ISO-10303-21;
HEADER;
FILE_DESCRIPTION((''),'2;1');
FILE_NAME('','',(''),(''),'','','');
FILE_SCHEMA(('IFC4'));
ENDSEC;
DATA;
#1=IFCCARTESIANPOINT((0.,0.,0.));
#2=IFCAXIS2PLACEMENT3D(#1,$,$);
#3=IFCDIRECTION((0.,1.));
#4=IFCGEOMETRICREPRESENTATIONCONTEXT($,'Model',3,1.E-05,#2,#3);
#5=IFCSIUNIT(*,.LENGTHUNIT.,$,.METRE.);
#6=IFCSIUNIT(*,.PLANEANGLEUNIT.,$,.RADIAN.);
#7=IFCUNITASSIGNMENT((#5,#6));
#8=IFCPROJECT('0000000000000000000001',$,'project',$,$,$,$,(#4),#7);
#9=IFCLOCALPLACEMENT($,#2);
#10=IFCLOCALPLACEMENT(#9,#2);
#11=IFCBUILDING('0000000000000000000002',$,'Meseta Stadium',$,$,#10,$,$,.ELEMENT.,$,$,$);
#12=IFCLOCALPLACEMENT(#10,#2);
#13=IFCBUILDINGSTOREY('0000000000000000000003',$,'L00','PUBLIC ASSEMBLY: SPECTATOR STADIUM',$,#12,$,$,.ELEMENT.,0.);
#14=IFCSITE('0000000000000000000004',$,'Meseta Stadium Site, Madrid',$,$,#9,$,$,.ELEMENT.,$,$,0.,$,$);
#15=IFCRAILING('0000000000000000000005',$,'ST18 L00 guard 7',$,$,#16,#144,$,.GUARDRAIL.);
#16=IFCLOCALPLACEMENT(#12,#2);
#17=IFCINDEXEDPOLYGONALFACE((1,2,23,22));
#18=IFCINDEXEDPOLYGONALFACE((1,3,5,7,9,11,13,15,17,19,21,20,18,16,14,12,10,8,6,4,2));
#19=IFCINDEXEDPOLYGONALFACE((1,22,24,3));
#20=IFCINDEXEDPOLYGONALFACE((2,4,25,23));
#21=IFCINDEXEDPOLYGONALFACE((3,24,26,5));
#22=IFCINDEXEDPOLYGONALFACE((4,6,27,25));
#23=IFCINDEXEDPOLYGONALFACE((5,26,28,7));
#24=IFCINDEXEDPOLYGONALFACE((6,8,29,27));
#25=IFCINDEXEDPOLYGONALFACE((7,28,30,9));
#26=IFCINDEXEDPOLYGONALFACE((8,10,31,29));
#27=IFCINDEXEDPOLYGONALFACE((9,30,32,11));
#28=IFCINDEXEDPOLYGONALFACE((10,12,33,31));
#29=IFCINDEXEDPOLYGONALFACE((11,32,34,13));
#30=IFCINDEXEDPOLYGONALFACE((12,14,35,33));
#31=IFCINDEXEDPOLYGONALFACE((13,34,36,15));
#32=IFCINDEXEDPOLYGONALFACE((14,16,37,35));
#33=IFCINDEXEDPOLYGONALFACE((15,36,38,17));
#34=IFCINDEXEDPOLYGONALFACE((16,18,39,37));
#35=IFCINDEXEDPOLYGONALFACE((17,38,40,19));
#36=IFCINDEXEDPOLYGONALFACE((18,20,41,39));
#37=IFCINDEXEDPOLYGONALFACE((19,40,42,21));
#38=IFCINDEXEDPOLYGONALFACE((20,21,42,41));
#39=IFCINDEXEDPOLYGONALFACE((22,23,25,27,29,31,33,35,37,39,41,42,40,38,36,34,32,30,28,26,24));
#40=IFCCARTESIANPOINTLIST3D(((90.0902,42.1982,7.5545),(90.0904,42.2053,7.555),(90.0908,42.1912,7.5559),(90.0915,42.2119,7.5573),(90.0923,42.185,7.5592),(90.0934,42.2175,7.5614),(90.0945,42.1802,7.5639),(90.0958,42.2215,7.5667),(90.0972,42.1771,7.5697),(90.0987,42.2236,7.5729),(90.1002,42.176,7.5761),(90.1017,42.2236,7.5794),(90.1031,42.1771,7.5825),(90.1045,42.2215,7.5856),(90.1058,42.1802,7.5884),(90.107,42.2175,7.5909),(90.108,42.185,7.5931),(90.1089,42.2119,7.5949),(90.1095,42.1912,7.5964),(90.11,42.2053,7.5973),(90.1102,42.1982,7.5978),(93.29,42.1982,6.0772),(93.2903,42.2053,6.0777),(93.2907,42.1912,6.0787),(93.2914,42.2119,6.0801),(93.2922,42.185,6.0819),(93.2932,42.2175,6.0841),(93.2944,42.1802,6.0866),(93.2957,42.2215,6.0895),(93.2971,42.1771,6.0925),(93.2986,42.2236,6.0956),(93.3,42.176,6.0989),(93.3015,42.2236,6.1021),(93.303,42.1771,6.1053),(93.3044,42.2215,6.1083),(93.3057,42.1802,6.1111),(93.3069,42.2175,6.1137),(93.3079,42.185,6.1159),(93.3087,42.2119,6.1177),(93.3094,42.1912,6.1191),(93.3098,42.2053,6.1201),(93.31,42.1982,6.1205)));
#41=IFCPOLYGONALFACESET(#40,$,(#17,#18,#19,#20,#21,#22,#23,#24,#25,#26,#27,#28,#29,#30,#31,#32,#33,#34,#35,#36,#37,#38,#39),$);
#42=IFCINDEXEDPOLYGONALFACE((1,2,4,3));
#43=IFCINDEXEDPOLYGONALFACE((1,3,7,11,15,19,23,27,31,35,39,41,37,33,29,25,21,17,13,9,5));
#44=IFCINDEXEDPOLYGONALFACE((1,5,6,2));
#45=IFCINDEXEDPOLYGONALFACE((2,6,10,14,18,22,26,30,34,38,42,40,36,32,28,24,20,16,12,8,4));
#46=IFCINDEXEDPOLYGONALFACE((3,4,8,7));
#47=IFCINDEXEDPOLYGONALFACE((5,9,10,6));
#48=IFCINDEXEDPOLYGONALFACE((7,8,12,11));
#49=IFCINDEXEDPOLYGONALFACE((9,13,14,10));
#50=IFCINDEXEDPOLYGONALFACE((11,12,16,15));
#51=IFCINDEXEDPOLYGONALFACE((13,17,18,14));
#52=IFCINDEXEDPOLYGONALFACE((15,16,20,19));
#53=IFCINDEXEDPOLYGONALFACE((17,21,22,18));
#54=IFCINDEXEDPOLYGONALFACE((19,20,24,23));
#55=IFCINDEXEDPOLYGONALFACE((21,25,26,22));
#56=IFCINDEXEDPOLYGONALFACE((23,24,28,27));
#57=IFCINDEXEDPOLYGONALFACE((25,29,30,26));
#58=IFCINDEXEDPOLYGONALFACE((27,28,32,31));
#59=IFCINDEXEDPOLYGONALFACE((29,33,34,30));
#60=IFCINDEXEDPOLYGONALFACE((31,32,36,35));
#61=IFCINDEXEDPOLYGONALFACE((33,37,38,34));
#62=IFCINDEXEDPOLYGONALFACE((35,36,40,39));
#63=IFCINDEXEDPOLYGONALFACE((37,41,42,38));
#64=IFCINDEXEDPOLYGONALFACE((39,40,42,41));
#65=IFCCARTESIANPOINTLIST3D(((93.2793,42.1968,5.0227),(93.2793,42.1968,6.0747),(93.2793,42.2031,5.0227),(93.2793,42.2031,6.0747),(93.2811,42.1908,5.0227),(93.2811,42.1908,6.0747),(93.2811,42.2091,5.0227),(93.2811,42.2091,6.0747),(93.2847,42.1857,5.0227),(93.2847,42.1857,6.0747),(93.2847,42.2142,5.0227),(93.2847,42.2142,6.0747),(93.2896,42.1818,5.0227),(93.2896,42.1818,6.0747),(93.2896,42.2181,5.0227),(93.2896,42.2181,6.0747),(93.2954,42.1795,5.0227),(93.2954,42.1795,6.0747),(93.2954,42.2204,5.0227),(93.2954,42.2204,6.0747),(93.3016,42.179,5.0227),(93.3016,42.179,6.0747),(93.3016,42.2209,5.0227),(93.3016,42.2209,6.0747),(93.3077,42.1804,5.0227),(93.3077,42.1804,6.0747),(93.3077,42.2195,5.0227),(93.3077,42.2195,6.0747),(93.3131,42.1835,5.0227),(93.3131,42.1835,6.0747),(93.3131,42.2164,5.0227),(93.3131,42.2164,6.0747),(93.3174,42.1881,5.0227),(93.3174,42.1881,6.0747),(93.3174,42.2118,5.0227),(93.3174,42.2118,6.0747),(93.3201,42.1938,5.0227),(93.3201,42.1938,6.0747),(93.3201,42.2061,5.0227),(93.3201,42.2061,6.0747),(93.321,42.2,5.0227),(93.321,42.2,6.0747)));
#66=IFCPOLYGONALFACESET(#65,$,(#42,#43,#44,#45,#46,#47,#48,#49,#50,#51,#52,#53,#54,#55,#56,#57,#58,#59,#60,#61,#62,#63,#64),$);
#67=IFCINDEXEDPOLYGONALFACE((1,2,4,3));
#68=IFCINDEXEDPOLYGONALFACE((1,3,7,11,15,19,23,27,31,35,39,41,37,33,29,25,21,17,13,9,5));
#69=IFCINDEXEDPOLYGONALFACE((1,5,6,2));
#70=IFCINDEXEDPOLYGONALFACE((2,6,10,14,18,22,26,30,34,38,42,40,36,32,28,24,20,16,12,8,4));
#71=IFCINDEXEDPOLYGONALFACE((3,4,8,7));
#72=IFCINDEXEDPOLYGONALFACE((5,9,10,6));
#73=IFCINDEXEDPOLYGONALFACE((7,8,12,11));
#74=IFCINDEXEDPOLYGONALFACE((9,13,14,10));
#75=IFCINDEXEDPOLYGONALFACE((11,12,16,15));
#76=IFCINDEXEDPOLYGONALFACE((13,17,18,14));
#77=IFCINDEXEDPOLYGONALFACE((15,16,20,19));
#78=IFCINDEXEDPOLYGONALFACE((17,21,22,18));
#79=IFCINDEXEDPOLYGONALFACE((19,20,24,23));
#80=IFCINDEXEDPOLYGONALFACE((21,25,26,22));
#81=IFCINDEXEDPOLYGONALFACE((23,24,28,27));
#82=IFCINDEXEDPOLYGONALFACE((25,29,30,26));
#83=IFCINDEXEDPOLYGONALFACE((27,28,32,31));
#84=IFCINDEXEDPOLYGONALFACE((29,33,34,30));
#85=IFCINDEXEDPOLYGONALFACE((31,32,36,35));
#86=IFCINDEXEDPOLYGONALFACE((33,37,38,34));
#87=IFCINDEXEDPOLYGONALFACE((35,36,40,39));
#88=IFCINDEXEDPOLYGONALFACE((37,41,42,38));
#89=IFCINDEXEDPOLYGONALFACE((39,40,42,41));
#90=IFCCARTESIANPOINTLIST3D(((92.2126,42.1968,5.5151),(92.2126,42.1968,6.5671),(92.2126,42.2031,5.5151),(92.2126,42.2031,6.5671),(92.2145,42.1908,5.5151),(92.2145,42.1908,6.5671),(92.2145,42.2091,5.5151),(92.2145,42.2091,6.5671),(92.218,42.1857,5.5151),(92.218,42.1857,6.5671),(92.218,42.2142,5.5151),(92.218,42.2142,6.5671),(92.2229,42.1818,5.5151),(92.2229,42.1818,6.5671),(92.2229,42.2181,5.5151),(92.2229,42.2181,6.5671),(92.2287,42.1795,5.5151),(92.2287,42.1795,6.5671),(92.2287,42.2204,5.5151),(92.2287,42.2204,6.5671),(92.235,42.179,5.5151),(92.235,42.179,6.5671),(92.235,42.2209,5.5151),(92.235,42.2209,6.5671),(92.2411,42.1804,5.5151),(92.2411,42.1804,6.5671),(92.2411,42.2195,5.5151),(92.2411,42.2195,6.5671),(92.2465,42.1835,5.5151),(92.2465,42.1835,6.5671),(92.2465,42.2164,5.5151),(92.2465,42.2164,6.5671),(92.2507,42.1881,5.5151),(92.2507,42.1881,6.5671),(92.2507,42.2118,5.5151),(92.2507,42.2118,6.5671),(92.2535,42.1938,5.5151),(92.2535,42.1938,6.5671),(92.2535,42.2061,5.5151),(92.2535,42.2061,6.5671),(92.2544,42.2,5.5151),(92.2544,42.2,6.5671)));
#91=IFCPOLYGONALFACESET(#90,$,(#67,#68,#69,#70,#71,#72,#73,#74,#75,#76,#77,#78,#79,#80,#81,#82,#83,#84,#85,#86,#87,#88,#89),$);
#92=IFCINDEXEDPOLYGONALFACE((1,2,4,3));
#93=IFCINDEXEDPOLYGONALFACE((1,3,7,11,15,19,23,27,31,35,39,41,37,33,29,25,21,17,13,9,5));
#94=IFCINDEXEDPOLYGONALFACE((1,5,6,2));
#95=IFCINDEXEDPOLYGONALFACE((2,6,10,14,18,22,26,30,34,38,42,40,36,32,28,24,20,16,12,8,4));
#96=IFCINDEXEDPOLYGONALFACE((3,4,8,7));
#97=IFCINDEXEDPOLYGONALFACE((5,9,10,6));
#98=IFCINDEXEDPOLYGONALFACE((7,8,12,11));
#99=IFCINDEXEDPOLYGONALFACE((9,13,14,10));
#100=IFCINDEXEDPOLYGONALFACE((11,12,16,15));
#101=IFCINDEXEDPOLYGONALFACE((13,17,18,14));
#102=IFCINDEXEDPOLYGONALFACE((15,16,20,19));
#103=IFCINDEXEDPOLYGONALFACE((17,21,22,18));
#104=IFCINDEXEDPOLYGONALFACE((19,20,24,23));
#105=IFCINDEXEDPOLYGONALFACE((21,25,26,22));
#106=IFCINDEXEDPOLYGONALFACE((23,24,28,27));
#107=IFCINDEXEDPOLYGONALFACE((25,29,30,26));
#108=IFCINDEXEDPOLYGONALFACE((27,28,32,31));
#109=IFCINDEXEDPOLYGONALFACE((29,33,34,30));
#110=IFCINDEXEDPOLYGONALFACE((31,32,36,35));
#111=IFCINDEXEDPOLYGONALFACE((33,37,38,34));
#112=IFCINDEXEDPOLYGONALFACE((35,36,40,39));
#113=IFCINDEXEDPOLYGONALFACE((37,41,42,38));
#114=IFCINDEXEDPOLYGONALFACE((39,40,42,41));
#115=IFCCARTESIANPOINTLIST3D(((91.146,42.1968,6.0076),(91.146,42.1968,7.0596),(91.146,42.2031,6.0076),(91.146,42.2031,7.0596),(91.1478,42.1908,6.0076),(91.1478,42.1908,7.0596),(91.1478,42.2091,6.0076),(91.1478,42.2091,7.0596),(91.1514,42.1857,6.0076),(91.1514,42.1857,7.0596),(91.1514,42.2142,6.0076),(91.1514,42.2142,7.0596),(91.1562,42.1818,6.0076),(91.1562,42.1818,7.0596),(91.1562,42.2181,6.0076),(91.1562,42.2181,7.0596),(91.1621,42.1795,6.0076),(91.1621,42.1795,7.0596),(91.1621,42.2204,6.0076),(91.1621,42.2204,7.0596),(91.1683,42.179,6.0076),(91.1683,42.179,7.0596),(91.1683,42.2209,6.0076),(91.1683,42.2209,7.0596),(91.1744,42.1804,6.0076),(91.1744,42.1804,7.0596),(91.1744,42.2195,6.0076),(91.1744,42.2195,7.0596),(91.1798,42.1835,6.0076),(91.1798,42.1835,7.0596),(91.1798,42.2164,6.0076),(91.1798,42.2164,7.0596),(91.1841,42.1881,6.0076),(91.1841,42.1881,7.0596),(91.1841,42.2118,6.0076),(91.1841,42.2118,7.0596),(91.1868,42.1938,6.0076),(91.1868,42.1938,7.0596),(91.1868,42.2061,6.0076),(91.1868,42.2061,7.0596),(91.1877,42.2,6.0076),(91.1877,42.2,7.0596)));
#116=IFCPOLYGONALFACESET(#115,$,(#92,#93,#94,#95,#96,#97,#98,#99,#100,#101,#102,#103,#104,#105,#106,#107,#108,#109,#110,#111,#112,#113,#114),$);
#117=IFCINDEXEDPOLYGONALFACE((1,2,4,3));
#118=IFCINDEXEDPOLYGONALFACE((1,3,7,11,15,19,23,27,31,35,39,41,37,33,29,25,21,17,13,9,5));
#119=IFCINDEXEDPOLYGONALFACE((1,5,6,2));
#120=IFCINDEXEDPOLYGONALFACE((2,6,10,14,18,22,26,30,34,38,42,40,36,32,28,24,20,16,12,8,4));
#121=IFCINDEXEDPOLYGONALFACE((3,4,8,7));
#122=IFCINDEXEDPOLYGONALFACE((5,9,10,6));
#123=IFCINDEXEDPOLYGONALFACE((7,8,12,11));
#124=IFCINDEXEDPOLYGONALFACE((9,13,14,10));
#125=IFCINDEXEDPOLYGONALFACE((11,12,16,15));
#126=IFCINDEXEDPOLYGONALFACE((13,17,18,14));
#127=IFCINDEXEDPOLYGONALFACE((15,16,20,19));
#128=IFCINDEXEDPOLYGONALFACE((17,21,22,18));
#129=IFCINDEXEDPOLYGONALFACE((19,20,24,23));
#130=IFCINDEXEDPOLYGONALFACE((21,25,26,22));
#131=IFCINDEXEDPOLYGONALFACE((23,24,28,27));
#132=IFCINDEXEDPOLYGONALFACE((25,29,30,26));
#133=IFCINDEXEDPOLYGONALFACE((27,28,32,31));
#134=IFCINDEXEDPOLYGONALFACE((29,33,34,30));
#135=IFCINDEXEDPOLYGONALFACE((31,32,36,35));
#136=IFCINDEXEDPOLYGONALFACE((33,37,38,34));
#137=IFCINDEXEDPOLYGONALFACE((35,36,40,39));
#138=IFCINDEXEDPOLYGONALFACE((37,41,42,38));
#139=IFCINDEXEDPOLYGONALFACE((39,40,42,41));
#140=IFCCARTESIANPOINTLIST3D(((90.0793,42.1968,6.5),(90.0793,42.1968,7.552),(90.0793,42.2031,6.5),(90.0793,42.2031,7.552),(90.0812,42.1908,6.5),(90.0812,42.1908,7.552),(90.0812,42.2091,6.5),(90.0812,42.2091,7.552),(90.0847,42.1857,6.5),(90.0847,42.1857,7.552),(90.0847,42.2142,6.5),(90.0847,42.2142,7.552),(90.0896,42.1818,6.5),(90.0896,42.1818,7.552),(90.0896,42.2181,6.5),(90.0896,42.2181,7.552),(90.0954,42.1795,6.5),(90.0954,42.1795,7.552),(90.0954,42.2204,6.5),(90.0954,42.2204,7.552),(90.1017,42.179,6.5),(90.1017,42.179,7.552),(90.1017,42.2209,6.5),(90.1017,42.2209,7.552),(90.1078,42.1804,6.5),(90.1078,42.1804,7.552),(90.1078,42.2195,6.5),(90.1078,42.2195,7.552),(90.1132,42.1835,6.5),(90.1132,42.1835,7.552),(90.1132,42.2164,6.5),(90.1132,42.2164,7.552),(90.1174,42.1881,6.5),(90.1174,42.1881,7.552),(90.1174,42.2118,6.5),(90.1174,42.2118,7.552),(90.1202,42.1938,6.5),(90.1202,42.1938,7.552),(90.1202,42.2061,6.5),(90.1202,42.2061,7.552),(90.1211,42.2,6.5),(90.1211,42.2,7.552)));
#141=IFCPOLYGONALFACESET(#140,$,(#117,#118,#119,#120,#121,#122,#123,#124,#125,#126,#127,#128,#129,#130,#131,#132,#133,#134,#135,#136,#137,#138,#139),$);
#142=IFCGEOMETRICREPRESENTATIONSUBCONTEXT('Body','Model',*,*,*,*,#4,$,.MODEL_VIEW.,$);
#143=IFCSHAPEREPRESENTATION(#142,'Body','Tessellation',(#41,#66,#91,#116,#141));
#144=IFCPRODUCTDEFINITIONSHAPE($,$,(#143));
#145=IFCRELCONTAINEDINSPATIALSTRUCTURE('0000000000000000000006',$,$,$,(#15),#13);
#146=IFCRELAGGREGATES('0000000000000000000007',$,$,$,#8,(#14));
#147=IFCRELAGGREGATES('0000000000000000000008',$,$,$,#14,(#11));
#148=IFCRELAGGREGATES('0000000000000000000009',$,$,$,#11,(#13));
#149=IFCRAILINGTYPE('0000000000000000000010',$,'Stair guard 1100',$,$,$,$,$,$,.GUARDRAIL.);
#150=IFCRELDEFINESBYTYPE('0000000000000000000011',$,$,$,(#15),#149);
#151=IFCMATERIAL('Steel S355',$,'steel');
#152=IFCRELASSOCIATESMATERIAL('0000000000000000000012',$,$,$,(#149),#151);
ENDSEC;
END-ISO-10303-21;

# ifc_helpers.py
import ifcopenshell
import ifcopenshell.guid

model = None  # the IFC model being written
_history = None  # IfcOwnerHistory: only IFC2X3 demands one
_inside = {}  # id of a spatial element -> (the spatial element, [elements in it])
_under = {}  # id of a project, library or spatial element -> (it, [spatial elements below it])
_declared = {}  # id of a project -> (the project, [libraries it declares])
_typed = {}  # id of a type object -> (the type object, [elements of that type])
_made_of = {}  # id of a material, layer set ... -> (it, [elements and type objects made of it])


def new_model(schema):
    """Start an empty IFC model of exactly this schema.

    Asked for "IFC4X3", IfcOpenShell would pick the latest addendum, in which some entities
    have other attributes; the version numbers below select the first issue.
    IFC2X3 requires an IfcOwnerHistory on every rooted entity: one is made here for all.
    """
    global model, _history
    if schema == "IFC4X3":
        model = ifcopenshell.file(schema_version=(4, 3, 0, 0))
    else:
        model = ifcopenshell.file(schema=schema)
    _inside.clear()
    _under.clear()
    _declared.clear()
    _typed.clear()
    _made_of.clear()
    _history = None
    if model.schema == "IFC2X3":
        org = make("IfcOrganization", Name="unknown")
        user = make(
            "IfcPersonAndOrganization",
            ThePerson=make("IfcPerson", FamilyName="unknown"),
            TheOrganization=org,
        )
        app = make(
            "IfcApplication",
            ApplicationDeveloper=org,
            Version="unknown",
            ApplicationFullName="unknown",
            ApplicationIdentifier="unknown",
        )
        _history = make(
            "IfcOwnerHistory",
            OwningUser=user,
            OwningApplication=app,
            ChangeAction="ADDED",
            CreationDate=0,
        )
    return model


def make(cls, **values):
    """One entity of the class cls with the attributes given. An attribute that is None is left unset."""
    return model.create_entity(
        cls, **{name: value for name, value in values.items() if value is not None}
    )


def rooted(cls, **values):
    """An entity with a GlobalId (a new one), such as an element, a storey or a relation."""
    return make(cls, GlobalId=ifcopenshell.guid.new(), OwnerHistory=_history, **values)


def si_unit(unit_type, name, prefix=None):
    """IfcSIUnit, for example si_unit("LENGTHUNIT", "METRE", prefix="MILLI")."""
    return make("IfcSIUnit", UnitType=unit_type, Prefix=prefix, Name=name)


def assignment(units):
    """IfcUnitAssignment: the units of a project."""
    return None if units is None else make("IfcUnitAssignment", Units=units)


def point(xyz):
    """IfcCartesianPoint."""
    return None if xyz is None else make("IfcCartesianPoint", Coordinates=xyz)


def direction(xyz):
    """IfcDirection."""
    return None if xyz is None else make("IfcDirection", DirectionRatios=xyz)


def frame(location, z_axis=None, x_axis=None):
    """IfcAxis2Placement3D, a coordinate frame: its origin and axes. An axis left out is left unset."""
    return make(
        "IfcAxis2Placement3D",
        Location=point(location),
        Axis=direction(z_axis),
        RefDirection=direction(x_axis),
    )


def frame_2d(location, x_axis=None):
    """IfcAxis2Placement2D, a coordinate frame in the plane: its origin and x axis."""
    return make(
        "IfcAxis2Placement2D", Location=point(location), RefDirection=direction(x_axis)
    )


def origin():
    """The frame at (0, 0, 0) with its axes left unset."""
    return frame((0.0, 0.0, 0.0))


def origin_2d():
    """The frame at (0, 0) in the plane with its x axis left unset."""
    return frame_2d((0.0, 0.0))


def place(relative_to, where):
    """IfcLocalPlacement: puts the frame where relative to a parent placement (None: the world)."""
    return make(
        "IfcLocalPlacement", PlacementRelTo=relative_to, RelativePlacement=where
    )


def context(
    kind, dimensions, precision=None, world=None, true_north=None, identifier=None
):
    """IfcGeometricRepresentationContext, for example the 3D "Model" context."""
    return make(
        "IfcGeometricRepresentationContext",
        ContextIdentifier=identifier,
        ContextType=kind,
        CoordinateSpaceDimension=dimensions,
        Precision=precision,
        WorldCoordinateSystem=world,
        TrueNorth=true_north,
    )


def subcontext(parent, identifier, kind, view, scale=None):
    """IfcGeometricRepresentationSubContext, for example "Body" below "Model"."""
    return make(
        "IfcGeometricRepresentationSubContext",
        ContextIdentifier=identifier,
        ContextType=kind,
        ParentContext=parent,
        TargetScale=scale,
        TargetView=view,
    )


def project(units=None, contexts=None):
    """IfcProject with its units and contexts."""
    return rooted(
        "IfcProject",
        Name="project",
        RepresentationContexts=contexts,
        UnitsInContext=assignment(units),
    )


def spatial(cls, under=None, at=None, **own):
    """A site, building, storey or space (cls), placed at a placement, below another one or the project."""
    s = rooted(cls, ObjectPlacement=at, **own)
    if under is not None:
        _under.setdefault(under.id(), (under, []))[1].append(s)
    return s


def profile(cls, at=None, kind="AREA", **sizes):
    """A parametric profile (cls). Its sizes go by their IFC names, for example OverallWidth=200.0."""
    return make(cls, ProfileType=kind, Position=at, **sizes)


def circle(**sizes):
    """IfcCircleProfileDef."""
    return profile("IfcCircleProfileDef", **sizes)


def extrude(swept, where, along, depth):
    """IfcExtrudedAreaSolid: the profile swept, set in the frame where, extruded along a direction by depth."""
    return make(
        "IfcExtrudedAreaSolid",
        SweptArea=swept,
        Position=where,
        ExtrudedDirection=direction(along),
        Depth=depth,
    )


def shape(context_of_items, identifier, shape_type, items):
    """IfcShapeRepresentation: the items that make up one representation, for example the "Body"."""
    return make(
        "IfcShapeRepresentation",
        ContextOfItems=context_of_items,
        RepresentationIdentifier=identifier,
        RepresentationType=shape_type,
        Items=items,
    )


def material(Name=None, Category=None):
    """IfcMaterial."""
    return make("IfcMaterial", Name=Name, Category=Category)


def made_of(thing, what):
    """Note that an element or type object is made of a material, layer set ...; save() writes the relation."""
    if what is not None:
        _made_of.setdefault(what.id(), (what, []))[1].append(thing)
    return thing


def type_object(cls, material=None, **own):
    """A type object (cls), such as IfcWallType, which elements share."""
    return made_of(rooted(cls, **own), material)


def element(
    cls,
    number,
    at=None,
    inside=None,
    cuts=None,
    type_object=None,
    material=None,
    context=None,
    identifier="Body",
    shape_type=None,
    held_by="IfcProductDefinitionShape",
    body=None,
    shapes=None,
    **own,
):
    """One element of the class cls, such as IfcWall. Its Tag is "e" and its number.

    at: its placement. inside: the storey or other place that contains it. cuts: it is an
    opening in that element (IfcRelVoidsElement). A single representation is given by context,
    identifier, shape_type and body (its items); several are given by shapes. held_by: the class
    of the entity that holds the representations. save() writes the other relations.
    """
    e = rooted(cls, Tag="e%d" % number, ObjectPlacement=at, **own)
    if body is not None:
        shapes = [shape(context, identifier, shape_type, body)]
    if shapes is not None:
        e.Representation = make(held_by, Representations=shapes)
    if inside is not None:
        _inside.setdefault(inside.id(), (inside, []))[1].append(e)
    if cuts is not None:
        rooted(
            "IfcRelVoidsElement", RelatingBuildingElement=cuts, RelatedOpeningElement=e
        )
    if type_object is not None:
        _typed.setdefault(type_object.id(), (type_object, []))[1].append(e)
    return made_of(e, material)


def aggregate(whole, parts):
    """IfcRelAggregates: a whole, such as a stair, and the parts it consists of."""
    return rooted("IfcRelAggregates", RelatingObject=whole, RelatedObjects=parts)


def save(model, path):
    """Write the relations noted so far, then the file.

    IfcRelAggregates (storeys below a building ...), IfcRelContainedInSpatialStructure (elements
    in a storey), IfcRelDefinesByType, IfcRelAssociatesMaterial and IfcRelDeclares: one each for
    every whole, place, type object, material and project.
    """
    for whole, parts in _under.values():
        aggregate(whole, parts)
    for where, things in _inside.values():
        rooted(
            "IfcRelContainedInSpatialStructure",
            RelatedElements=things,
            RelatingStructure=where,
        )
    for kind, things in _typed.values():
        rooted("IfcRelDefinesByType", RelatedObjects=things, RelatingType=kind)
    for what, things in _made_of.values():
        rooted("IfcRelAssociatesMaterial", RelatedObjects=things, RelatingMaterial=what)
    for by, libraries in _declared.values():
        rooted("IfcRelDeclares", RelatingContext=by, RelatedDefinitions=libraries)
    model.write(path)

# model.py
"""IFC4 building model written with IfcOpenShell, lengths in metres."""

from ifc_helpers import new_model, si_unit, direction, frame, origin, origin_2d, place, context, subcontext, project, spatial, circle, extrude, material, type_object, element, save


model = new_model("IFC4")

# Units and contexts
model_context = context("Model", 3, precision=1e-05, world=origin(), true_north=direction((0.0, 1.0)))
body_context = subcontext(model_context, "Body", "Model", "MODEL_VIEW")
ifc_project = project(units=[si_unit("LENGTHUNIT", "METRE"), si_unit("PLANEANGLEUNIT", "RADIAN")], contexts=[model_context])

# Site, building, storey
site_placement = place(None, origin())
site = spatial("IfcSite", under=ifc_project, at=site_placement, Name="Meseta Stadium Site, Madrid", CompositionType="ELEMENT", RefElevation=0.0)
building_placement = place(site_placement, origin())
building = spatial("IfcBuilding", under=site, at=building_placement, Name="Meseta Stadium", CompositionType="ELEMENT")
storey_placement = place(building_placement, origin())
storey = spatial("IfcBuildingStorey", under=building, at=storey_placement, Name="L00", Description="PUBLIC ASSEMBLY: SPECTATOR STADIUM", CompositionType="ELEMENT", Elevation=0.0)

# Railing
ifc_material_1 = material(Name="Steel S355", Category="steel")
railing_type_1 = type_object("IfcRailingType", Name="Stair guard 1100", PredefinedType="GUARDRAIL", material=ifc_material_1)
railing_1_placement = place(storey_placement, frame((93.3, 42.2, 5.0227)))
element("IfcRailing", 1, at=railing_1_placement, inside=storey, type_object=railing_type_1, Name="ST18 L00 guard 7", PredefinedType="GUARDRAIL", context=body_context, shape_type="SweptSolid", body=[
    extrude(circle(Radius=0.0239, at=origin_2d()), frame((0.0, 0.0, 1.0762), z_axis=(-0.907917, 0.0, 0.41915), x_axis=(0.0, -1.0, 0.0)), (0.0, 0.0, 1.0), 3.5244),
    extrude(circle(Radius=0.021, at=origin_2d()), origin(), (0.0, 0.0, 1.0), 1.052),
    extrude(circle(Radius=0.021, at=origin_2d()), frame((-1.0667, 0.0, 0.4924)), (0.0, 0.0, 1.0), 1.052),
    extrude(circle(Radius=0.021, at=origin_2d()), frame((-2.1333, 0.0, 0.9849)), (0.0, 0.0, 1.0), 1.052),
    extrude(circle(Radius=0.021, at=origin_2d()), frame((-3.2, 0.0, 1.4773)), (0.0, 0.0, 1.0), 1.052),
])

save(model, "model.ifc")
